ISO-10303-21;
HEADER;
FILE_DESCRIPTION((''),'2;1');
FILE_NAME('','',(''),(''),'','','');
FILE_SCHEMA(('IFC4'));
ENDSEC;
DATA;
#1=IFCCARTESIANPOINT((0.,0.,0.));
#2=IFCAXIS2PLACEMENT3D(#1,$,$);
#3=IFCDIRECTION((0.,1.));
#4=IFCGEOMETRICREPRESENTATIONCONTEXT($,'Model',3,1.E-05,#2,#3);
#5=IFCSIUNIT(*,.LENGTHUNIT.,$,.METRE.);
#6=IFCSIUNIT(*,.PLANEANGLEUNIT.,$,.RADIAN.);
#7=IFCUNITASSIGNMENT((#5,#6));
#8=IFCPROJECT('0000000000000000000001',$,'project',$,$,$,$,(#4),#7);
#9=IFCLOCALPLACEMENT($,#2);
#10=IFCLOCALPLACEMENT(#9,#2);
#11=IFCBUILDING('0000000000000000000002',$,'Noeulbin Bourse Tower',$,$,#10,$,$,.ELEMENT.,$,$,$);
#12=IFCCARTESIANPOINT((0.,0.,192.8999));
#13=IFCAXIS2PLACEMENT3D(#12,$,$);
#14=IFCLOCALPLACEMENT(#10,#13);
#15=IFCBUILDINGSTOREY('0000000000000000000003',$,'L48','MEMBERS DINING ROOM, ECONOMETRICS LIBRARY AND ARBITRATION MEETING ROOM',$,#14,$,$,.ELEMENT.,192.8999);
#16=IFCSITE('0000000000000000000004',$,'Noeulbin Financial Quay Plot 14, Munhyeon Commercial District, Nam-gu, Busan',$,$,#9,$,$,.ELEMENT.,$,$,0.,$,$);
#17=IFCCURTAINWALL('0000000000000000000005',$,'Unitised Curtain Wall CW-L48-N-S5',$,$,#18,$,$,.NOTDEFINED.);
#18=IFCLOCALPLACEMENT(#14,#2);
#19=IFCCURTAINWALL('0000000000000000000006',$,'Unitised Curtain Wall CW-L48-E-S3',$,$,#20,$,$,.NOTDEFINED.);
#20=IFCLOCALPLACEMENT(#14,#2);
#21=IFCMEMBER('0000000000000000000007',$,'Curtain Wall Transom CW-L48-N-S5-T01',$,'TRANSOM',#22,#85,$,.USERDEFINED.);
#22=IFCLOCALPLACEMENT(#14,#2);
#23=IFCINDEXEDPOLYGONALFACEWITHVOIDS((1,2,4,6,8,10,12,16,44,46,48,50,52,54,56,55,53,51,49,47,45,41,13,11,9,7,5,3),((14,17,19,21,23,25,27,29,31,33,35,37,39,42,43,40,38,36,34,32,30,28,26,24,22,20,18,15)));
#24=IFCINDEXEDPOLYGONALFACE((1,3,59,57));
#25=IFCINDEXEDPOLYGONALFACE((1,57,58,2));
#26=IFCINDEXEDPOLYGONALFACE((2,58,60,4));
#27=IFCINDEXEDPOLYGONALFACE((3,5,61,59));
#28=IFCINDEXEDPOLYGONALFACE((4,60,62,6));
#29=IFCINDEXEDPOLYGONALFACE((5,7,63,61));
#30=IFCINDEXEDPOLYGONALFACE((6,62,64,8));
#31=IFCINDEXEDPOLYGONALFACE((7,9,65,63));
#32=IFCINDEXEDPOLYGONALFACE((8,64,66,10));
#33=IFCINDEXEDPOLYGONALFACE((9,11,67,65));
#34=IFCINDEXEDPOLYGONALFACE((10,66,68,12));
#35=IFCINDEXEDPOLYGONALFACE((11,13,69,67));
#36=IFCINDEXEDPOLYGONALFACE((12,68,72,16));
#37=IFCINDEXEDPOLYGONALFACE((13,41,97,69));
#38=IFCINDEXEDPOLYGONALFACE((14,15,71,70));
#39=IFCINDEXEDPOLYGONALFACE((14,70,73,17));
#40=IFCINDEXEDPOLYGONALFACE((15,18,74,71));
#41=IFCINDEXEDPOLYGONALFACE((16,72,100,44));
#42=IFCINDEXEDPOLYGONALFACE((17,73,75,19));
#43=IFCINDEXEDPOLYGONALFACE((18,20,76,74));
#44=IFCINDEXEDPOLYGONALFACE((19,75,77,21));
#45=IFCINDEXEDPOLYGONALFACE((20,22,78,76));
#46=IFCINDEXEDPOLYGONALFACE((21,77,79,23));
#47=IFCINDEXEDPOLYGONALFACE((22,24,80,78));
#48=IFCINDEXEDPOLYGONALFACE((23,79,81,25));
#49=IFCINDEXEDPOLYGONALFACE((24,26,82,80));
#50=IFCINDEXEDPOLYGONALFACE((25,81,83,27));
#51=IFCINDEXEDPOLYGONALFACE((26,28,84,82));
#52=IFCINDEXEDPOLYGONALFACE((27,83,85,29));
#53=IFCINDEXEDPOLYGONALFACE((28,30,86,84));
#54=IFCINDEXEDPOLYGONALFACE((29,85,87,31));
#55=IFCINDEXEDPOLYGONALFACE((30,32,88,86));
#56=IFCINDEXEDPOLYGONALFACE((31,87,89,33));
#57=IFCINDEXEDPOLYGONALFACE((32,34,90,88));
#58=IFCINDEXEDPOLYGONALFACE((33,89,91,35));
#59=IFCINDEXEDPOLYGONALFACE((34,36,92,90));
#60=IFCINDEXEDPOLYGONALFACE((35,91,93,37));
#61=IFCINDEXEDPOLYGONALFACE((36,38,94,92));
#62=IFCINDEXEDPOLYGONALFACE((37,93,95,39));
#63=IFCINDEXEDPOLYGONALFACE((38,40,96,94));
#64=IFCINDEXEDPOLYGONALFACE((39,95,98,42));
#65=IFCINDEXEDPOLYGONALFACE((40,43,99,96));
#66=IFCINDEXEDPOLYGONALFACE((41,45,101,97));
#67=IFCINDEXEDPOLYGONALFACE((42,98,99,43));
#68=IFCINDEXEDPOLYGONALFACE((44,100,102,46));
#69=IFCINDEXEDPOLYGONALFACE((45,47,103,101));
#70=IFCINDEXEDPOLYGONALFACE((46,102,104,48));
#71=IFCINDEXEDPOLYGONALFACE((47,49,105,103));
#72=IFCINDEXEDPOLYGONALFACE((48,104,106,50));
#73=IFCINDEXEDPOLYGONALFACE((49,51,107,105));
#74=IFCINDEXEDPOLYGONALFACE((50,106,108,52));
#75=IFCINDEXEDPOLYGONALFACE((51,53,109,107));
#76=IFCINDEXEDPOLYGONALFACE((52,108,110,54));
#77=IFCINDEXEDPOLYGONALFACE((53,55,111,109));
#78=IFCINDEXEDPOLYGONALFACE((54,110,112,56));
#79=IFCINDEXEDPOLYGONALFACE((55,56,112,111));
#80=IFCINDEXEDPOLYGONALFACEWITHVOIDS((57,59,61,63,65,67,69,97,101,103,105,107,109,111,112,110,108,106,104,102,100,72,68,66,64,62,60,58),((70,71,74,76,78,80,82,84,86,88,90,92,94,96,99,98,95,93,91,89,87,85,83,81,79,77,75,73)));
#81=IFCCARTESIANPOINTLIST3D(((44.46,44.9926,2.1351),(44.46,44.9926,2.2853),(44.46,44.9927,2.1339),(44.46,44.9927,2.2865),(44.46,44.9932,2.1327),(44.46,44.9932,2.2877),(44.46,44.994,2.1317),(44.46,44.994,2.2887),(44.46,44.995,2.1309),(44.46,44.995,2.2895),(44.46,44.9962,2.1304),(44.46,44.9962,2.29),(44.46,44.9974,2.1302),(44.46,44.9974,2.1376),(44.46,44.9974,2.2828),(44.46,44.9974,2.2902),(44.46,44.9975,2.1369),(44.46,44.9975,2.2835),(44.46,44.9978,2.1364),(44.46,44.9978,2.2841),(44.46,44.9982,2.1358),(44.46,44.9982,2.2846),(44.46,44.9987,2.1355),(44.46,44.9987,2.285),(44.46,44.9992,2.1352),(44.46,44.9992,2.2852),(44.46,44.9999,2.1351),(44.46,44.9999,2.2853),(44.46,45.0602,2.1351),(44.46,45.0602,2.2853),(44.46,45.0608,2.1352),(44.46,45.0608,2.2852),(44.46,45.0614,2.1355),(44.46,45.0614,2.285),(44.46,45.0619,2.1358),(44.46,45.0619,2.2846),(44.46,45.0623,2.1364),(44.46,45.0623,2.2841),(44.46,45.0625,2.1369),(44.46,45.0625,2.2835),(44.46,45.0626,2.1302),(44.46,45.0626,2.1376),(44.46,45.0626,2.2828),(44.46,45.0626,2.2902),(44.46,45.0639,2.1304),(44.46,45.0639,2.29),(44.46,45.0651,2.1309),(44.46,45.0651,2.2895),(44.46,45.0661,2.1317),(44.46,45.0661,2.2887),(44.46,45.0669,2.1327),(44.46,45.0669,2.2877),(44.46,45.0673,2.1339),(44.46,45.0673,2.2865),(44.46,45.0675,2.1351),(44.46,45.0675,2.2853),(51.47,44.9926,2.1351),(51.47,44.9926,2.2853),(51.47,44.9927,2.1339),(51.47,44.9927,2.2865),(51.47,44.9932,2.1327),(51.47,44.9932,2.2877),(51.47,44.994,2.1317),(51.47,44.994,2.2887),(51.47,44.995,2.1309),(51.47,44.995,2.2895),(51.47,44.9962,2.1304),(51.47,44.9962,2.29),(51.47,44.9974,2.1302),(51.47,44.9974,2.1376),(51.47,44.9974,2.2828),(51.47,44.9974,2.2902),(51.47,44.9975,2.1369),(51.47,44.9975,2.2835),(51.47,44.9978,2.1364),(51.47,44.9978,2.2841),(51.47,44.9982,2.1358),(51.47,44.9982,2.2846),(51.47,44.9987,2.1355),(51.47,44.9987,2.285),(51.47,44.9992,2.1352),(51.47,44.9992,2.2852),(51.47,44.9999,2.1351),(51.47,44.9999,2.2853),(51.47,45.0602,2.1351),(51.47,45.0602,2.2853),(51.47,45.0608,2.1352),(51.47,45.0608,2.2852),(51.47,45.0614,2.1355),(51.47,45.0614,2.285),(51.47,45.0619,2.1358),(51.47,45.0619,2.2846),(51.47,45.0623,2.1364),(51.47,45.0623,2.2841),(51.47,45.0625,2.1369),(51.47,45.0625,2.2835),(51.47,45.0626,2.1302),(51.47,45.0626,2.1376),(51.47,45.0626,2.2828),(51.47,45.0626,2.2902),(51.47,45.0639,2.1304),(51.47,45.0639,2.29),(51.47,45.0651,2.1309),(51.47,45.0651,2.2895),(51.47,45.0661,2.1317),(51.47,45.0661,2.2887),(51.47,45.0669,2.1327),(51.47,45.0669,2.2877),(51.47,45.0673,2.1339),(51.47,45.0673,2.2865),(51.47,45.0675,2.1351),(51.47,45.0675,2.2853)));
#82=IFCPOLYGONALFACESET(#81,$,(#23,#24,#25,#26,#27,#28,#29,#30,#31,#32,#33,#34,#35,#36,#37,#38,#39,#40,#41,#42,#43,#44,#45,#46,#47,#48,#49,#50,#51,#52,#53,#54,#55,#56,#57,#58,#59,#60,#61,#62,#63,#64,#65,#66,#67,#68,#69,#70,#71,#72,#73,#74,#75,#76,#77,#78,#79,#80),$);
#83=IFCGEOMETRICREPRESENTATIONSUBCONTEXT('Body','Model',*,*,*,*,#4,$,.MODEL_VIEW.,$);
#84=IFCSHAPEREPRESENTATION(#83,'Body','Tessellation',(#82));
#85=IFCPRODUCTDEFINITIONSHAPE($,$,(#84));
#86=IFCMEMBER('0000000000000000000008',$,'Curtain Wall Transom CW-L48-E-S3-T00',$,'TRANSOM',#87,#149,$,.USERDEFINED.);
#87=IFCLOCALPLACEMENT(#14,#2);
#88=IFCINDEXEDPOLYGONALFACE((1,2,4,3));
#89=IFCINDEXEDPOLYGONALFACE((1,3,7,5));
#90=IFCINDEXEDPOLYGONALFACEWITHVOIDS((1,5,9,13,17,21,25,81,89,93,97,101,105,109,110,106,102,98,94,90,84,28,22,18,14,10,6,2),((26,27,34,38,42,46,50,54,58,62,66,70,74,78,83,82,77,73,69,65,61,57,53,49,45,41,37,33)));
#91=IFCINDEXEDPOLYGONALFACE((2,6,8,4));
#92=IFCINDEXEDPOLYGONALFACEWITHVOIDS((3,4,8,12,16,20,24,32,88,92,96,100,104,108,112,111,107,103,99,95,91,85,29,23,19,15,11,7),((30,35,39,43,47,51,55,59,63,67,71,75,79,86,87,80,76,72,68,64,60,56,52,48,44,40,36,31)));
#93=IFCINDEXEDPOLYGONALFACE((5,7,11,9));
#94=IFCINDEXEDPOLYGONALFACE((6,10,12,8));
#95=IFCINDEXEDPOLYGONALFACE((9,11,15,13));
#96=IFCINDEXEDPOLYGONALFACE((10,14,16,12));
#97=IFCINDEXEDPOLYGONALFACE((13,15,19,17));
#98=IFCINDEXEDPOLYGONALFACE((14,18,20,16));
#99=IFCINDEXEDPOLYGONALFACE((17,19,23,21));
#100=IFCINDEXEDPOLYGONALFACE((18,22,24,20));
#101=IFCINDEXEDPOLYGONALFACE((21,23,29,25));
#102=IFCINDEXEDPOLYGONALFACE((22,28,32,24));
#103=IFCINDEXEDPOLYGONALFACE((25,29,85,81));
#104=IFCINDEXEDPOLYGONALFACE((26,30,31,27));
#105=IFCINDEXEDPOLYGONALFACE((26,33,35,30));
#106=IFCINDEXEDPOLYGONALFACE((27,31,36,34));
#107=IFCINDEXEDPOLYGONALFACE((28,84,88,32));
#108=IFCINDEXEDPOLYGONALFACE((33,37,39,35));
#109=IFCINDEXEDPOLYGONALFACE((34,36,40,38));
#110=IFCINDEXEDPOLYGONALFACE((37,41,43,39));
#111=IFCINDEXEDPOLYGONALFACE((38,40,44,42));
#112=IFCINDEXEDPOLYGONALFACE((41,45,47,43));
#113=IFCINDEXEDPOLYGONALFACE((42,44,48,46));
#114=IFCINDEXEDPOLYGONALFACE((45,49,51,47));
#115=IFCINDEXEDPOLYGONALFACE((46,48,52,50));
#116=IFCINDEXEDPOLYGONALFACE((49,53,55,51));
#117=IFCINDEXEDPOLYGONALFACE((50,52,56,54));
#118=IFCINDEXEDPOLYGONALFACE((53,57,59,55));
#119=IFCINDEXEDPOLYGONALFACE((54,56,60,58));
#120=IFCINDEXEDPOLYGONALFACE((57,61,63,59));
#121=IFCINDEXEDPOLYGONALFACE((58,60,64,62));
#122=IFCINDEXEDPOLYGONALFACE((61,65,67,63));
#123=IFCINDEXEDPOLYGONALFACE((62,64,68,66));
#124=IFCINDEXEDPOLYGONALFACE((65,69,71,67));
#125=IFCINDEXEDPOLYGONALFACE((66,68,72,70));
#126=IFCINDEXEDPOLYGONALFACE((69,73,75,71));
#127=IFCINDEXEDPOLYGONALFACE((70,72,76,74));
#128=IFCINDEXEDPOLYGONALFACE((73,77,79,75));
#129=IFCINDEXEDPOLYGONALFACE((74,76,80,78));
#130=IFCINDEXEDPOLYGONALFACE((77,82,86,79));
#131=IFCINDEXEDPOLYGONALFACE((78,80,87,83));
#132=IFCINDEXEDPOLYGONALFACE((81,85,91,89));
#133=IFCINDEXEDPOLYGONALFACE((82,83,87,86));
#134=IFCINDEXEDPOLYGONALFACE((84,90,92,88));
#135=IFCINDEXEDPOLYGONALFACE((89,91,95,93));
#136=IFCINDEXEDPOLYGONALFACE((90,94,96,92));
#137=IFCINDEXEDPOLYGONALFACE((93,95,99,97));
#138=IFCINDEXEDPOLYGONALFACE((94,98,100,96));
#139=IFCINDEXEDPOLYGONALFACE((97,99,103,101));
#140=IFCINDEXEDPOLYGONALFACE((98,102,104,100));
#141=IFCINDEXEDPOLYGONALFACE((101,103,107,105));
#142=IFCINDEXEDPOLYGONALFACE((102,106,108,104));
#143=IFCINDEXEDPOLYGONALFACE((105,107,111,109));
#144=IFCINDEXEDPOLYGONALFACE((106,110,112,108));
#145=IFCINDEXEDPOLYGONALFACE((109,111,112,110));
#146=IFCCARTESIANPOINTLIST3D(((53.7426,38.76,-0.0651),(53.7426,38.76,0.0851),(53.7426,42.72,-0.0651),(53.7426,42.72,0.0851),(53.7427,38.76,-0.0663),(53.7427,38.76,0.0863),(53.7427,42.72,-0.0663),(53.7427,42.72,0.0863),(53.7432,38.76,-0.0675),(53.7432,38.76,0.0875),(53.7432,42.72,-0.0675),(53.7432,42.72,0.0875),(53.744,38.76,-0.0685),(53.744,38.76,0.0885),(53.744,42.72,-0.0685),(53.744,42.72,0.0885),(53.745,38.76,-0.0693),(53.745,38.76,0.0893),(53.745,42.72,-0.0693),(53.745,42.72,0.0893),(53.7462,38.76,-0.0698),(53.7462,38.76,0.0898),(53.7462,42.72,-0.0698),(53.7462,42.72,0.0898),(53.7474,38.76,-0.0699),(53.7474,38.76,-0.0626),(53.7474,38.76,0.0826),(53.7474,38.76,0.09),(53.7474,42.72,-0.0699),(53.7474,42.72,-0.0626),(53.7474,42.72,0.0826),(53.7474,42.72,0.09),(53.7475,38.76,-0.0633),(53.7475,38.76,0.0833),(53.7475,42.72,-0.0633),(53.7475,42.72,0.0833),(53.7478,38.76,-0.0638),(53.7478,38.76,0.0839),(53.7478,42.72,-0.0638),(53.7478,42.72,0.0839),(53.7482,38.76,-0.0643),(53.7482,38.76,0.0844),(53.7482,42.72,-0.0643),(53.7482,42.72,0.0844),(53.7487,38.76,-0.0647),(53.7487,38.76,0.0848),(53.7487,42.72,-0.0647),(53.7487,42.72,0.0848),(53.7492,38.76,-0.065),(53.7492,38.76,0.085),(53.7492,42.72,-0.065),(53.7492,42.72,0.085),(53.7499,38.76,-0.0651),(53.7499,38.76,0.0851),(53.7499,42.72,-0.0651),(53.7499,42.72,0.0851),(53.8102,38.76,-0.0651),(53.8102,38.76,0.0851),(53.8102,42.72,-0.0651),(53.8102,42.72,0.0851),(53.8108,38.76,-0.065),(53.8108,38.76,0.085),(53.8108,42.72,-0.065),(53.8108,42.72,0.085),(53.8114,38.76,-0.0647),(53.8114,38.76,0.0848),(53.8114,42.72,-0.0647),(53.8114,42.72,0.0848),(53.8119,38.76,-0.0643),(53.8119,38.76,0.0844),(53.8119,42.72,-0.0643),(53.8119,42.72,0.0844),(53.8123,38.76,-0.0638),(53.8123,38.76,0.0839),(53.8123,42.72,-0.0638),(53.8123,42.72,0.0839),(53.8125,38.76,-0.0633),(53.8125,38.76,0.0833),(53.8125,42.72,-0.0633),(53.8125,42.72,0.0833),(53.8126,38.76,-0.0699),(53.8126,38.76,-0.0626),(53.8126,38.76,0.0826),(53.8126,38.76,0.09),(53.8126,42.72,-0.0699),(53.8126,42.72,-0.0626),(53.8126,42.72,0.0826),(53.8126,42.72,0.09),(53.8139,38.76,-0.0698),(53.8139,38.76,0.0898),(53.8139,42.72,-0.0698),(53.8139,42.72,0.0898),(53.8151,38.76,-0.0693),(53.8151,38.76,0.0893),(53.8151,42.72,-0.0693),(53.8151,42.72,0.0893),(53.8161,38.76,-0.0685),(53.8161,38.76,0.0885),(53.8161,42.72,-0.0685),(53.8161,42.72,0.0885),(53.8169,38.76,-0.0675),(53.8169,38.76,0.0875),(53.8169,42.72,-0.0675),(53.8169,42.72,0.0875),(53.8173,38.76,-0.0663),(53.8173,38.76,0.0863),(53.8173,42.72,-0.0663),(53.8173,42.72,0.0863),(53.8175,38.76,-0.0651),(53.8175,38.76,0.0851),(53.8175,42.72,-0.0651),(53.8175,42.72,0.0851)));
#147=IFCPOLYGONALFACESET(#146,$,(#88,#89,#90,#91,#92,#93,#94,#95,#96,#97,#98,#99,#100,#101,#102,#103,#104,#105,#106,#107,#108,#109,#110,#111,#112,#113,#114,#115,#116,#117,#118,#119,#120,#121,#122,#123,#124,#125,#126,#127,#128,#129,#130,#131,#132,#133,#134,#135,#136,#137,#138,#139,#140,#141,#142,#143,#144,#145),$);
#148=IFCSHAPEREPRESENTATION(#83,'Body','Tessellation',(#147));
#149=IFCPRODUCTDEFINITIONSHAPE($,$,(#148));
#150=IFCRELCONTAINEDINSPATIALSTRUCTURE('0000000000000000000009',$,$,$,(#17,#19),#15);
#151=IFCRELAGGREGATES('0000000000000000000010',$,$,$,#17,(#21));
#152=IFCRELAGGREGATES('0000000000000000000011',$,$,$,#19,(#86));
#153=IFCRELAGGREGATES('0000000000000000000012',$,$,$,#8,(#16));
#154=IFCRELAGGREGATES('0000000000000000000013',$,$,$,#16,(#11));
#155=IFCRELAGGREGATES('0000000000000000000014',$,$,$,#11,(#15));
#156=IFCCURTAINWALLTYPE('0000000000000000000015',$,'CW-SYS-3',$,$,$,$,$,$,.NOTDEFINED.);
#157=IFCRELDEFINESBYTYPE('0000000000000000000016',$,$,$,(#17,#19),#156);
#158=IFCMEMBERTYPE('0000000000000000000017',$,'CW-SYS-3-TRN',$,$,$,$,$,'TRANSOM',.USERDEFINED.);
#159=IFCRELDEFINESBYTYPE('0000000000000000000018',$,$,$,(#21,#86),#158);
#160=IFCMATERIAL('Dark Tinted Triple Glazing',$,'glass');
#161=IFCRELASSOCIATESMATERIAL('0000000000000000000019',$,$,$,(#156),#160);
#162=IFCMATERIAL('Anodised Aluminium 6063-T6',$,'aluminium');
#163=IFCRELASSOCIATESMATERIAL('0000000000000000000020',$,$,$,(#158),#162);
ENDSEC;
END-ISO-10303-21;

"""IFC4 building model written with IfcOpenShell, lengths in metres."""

from ifc_helpers import new_model, si_unit, direction, frame, origin, origin_2d, place, context, subcontext, project, spatial, hollow_rectangle, extrude, material, material_profile, profile_set, type_object, element, aggregate, save


model = new_model("IFC4")

# Units and contexts
model_context = context("Model", 3, precision=1e-05, world=origin(), true_north=direction((0.0, 1.0)))
body_context = subcontext(model_context, "Body", "Model", "MODEL_VIEW")
ifc_project = project(units=[si_unit("LENGTHUNIT", "METRE"), si_unit("PLANEANGLEUNIT", "RADIAN")], contexts=[model_context])

# Site, building, storey
site_placement = place(None, origin())
site = spatial("IfcSite", under=ifc_project, at=site_placement, Name="Noeulbin Financial Quay Plot 14, Munhyeon Commercial District, Nam-gu, Busan", CompositionType="ELEMENT", RefElevation=0.0)
building_placement = place(site_placement, origin())
building = spatial("IfcBuilding", under=site, at=building_placement, Name="Noeulbin Bourse Tower", CompositionType="ELEMENT")
storey_placement = place(building_placement, frame((0.0, 0.0, 192.8999)))
storey = spatial("IfcBuildingStorey", under=building, at=storey_placement, Name="L48", Description="MEMBERS DINING ROOM, ECONOMETRICS LIBRARY AND ARBITRATION MEETING ROOM", CompositionType="ELEMENT", Elevation=192.8999)

# Shared definitions
ifc_material_1 = material(Name="Dark Tinted Triple Glazing", Category="glass")
curtain_wall_type = type_object("IfcCurtainWallType", Name="CW-SYS-3", PredefinedType="NOTDEFINED", material=ifc_material_1)
ifc_material_2 = material(Name="Anodised Aluminium 6063-T6", Category="aluminium")

# Curtain walls
curtain_wall_1_placement = place(storey_placement, origin())
curtain_wall_1 = element("IfcCurtainWall", 1, at=curtain_wall_1_placement, inside=storey, type_object=curtain_wall_type, Name="Unitised Curtain Wall CW-L48-N-S5", PredefinedType="NOTDEFINED")
curtain_wall_2_placement = place(storey_placement, origin())
curtain_wall_2 = element("IfcCurtainWall", 2, at=curtain_wall_2_placement, inside=storey, type_object=curtain_wall_type, Name="Unitised Curtain Wall CW-L48-E-S3", PredefinedType="NOTDEFINED")

# Members
ifc_material_profile_1 = material_profile(ifc_material_2, hollow_rectangle(XDim=0.075, YDim=0.1599, WallThickness=0.0049, InnerFilletRadius=0.0024, OuterFilletRadius=0.0049, at=origin_2d()), Name="ALU-TRAN-75x160x5", Category="LoadBearing")
ifc_profile_set_1 = profile_set([ifc_material_profile_1], Name="Anodised Aluminium 6063-T6")
member_type_1 = type_object("IfcMemberType", Name="CW-SYS-3-TRN", ElementType="TRANSOM", PredefinedType="USERDEFINED", material=ifc_profile_set_1)
member_1_placement = place(storey_placement, frame((44.46, 45.03, 2.2102), z_axis=(1.0, 0.0, 0.0), x_axis=(0.0, 1.0, 0.0)))
member_1 = element("IfcMember", 3, at=member_1_placement, type_object=member_type_1, Name="Curtain Wall Transom CW-L48-N-S5-T01", ObjectType="TRANSOM", PredefinedType="USERDEFINED", context=body_context, shape_type="SweptSolid", body=[
    extrude(hollow_rectangle(XDim=0.075, YDim=0.1599, WallThickness=0.0049, InnerFilletRadius=0.0024, OuterFilletRadius=0.0049, at=origin_2d()), origin(), (0.0, 0.0, 1.0), 7.01),
])
member_2_placement = place(storey_placement, frame((53.78, 38.76, 0.01), z_axis=(0.0, 1.0, 0.0), x_axis=(-1.0, 0.0, 0.0)))
member_2 = element("IfcMember", 4, at=member_2_placement, type_object=member_type_1, Name="Curtain Wall Transom CW-L48-E-S3-T00", ObjectType="TRANSOM", PredefinedType="USERDEFINED", context=body_context, shape_type="SweptSolid", body=[
    extrude(hollow_rectangle(XDim=0.075, YDim=0.1599, WallThickness=0.0049, InnerFilletRadius=0.0024, OuterFilletRadius=0.0049, at=origin_2d()), origin(), (0.0, 0.0, 1.0), 3.96),
])

aggregate(curtain_wall_1, [member_1])
aggregate(curtain_wall_2, [member_2])

save(model, "model.ifc")
